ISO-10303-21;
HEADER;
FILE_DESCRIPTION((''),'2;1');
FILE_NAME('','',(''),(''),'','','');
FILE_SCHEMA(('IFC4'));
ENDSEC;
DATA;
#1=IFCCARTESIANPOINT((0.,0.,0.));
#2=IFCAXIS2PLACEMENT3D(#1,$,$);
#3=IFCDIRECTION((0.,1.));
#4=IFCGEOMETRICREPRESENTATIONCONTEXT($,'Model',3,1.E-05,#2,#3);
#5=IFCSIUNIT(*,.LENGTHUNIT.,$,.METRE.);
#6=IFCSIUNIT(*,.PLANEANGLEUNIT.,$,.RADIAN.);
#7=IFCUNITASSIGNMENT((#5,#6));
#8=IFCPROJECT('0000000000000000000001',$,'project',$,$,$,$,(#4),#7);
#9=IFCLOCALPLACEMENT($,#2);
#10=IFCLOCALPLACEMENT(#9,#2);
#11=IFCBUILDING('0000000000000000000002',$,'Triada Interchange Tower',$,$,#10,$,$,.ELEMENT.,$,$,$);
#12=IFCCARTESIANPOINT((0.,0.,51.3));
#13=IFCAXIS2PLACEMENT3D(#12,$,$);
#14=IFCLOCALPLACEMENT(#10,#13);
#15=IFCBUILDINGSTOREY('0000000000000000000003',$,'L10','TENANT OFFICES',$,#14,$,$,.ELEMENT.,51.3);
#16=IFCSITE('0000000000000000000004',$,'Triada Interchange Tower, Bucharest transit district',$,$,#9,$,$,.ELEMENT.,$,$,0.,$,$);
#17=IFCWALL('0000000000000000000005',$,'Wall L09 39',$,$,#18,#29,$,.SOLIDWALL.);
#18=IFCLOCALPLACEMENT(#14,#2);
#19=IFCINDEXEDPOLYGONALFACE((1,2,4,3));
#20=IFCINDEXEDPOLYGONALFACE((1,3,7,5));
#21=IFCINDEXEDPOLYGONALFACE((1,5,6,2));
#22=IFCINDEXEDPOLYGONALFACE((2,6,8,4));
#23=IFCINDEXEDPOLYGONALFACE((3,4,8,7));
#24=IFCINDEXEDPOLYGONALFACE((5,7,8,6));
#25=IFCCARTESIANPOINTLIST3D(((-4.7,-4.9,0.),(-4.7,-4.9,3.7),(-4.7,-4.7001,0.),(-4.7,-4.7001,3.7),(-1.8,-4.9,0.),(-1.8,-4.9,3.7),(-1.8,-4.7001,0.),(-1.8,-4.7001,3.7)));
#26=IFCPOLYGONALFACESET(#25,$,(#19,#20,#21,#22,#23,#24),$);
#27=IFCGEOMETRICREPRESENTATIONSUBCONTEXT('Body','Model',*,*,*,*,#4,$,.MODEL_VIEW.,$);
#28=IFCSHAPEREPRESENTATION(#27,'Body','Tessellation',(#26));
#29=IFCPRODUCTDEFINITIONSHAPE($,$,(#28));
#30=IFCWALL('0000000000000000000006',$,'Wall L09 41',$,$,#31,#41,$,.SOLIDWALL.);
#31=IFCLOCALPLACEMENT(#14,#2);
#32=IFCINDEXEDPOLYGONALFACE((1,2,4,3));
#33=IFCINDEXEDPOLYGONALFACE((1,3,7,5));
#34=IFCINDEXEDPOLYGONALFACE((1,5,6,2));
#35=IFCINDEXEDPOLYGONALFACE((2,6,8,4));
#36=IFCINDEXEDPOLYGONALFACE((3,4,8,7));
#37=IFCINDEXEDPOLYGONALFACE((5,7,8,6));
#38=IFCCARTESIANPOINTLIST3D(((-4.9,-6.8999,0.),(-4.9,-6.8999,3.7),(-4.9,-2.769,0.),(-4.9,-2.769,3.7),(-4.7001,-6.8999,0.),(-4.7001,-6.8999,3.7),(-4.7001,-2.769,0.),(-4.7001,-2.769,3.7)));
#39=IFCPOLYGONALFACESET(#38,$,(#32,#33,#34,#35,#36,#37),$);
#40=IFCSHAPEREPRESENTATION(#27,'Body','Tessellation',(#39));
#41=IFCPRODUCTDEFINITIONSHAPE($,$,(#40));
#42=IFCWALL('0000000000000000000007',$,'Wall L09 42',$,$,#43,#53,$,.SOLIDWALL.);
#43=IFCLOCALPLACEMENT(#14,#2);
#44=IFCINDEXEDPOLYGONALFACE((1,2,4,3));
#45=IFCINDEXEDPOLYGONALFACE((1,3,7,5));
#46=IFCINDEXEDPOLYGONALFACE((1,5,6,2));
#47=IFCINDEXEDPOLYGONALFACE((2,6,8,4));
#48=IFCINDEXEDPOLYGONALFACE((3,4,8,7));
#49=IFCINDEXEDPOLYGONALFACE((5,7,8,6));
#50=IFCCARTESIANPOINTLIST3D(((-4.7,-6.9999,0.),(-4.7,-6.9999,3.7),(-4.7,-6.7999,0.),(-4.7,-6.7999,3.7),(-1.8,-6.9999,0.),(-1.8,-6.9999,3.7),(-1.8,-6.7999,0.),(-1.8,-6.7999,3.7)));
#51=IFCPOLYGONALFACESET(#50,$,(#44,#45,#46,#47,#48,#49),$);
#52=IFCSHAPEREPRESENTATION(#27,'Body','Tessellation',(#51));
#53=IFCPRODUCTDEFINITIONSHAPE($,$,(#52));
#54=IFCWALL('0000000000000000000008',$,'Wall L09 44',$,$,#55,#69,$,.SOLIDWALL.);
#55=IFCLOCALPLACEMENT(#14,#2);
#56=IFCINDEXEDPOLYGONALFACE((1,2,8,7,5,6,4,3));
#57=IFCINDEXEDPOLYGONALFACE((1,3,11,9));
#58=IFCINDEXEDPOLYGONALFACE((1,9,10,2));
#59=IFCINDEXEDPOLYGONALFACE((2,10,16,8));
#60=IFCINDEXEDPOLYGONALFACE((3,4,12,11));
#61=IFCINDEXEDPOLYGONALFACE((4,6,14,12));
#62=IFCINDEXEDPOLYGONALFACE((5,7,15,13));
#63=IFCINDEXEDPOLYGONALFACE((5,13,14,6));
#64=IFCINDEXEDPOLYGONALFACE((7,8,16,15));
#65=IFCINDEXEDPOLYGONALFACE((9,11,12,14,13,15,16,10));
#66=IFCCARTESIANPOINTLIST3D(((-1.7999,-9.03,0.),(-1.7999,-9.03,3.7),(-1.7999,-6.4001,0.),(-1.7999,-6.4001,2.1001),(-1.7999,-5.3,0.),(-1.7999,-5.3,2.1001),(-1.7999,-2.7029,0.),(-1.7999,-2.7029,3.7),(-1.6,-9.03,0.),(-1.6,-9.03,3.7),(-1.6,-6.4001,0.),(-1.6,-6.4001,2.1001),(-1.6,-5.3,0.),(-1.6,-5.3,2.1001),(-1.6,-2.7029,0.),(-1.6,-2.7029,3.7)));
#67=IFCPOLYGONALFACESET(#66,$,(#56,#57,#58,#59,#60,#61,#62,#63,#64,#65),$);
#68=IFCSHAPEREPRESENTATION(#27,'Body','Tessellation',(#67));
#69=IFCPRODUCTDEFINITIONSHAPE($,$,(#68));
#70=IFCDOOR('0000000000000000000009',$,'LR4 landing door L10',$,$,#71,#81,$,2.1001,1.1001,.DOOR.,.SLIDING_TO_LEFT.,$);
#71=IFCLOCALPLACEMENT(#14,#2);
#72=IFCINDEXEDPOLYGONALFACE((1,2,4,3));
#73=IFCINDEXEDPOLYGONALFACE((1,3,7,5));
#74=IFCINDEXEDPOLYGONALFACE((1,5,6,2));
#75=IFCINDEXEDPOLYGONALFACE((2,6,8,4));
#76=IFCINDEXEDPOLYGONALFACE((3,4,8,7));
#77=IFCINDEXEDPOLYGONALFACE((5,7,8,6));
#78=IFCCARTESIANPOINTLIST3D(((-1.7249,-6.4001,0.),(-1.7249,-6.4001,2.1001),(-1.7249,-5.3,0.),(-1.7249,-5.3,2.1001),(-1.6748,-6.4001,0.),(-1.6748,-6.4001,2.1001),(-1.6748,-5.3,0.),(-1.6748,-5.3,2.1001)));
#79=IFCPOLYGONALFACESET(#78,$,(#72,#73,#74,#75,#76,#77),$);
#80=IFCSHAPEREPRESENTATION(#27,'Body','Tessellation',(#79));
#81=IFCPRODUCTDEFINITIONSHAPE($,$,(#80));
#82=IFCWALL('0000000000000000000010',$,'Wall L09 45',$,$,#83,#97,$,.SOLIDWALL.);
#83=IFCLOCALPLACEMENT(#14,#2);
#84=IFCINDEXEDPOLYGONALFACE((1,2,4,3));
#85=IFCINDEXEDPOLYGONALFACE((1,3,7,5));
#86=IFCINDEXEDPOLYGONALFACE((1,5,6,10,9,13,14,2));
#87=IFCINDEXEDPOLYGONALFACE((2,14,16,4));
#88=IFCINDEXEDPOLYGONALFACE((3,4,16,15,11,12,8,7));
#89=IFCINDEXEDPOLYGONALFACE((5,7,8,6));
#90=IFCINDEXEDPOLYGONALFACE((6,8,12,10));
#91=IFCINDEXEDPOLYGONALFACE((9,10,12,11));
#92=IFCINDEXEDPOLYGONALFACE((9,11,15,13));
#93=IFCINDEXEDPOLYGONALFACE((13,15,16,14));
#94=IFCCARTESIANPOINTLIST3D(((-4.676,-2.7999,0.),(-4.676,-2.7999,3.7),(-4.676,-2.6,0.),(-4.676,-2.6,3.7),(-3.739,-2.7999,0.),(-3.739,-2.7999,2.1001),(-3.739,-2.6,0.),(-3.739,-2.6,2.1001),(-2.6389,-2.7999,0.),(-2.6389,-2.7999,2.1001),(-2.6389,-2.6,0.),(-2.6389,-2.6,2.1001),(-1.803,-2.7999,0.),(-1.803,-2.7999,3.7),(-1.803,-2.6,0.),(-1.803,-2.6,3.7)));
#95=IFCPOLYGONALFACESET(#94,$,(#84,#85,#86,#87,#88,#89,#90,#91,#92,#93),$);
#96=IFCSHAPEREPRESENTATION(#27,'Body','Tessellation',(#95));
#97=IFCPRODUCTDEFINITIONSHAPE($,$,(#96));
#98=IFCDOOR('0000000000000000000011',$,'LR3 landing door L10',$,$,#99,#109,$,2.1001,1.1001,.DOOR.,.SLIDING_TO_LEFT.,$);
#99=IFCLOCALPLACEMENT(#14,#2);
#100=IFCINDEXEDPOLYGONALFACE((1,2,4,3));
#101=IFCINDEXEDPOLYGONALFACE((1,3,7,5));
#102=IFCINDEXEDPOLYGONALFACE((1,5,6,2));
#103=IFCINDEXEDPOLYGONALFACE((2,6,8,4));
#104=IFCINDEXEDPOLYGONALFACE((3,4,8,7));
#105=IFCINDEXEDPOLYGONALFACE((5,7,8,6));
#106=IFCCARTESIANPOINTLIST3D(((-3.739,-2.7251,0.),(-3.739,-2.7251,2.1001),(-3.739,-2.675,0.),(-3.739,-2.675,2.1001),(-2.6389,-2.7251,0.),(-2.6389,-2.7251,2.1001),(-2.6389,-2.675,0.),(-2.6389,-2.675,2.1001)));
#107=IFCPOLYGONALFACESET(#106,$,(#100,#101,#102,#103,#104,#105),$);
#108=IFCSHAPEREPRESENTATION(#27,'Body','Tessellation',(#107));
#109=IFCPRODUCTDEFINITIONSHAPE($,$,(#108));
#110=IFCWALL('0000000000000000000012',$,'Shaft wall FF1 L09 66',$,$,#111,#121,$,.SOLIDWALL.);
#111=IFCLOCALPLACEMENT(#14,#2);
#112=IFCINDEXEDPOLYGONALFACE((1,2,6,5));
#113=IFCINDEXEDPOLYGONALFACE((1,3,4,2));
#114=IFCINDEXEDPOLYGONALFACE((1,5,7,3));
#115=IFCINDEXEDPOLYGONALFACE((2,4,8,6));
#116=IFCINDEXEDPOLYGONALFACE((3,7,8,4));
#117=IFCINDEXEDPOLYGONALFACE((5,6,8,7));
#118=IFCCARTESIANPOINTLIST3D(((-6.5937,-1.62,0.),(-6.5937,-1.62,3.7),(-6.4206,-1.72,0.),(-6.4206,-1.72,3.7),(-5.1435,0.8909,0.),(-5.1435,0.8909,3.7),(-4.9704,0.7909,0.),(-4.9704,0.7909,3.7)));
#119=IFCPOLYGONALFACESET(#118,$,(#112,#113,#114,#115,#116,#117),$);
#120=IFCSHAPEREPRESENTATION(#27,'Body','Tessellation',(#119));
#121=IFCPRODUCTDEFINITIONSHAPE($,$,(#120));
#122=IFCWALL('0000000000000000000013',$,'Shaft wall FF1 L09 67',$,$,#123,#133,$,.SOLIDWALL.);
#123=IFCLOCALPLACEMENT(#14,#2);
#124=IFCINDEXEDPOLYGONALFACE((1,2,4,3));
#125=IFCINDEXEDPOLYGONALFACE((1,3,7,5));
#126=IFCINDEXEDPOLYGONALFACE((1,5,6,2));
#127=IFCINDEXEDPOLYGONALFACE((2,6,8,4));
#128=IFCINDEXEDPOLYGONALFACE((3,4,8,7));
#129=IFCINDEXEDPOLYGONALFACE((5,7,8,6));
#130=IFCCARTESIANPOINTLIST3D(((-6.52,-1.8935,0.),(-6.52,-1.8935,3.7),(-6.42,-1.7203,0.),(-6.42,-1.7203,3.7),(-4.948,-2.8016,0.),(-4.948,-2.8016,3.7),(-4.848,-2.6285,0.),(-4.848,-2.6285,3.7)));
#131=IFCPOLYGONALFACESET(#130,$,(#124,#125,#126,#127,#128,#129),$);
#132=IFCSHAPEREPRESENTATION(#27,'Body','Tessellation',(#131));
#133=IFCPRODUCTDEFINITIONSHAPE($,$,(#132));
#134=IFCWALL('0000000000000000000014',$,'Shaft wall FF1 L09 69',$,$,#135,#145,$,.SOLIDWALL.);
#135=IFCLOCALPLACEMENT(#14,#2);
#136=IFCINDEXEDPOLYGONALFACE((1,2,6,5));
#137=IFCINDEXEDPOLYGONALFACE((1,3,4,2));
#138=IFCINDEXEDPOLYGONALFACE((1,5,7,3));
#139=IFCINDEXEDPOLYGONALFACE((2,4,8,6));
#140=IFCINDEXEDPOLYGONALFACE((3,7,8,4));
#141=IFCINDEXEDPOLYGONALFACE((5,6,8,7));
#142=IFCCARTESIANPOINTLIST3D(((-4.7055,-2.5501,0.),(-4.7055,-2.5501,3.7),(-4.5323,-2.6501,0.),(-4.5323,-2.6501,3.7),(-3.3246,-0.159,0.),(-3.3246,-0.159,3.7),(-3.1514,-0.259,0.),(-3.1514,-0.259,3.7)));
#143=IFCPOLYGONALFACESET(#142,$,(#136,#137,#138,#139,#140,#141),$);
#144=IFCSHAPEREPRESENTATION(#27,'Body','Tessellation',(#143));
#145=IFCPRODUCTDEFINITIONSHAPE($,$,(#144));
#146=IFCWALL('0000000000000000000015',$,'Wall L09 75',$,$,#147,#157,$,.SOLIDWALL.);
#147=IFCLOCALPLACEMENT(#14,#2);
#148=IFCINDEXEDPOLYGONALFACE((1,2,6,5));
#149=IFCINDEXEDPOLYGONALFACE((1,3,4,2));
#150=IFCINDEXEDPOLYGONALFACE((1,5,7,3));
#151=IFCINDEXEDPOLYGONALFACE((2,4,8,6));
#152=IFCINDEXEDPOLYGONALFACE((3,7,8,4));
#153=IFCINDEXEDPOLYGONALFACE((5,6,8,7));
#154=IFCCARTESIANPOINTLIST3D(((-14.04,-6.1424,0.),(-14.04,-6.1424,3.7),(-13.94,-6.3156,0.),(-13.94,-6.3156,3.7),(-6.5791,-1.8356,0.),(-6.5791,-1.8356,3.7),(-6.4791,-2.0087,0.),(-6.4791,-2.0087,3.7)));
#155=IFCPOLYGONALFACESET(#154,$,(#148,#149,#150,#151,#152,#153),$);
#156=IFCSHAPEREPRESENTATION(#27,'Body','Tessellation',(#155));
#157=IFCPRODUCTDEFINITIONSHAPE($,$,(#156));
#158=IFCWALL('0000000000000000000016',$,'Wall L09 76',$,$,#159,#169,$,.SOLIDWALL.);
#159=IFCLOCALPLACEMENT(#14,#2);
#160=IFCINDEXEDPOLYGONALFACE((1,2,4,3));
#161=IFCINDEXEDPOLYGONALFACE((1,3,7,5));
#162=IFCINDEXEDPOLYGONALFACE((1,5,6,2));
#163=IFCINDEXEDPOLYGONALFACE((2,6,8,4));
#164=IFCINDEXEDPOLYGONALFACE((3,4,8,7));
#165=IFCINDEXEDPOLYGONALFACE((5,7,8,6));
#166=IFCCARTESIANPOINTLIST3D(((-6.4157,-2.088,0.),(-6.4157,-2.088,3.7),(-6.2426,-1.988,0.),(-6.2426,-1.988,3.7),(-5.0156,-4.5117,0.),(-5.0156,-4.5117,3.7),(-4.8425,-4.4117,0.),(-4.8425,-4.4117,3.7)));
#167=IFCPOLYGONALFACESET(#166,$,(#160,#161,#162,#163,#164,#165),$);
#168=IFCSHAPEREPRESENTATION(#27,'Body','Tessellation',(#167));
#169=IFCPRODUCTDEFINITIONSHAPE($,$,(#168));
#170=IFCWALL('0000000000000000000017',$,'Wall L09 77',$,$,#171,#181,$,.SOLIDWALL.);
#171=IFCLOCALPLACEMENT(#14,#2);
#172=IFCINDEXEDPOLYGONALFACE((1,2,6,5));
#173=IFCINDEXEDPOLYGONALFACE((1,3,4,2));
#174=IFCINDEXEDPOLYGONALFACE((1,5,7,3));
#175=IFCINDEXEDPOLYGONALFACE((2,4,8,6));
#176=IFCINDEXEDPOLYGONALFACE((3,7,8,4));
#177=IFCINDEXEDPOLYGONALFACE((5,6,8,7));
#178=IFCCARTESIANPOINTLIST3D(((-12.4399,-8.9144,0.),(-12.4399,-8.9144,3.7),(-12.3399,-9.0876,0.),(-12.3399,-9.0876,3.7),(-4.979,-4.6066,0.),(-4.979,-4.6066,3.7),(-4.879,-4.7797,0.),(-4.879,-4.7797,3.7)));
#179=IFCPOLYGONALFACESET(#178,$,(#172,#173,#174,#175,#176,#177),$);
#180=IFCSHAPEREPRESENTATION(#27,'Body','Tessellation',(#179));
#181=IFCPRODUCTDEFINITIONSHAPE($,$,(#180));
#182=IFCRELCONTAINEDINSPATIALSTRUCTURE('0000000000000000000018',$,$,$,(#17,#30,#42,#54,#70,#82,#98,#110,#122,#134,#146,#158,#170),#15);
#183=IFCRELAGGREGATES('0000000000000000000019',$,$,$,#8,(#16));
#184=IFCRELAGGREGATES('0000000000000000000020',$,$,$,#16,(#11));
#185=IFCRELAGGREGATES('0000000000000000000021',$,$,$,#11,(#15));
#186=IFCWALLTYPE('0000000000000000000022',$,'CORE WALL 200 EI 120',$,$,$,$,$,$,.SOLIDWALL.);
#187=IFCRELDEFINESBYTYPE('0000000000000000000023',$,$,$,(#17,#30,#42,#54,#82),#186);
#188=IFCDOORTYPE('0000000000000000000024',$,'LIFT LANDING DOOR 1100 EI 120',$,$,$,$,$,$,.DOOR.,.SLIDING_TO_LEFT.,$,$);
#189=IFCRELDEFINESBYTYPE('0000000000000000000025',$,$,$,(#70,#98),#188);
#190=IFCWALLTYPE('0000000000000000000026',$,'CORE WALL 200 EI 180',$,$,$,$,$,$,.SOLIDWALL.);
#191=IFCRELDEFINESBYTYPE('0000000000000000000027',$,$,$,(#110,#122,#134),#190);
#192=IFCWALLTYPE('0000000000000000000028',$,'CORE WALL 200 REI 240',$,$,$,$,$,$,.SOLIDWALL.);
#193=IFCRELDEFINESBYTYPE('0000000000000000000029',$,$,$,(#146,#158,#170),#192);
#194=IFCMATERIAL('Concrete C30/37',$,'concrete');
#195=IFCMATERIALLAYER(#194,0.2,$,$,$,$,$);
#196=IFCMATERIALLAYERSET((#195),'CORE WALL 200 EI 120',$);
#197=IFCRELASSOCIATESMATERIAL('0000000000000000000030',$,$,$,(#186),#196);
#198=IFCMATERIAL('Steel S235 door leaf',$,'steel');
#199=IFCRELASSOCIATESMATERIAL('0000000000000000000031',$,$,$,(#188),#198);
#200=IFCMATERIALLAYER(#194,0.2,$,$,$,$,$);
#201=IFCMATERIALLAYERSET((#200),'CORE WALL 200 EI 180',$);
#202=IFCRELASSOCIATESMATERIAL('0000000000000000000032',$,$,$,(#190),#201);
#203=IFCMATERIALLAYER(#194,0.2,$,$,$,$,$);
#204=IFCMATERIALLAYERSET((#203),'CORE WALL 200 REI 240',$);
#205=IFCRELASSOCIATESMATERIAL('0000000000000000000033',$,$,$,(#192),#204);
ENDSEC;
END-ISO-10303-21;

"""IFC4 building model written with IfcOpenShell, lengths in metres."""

from ifc_helpers import new_model, si_unit, direction, frame, frame_2d, origin, place, context, subcontext, project, spatial, rectangle, extrude, material, layer, layer_set, type_object, element, fill, save


model = new_model("IFC4")

# Units and contexts
model_context = context("Model", 3, precision=1e-05, world=origin(), true_north=direction((0.0, 1.0)))
body_context = subcontext(model_context, "Body", "Model", "MODEL_VIEW")
ifc_project = project(units=[si_unit("LENGTHUNIT", "METRE"), si_unit("PLANEANGLEUNIT", "RADIAN")], contexts=[model_context])

# Site, building, storey
site_placement = place(None, origin())
site = spatial("IfcSite", under=ifc_project, at=site_placement, Name="Triada Interchange Tower, Bucharest transit district", CompositionType="ELEMENT", RefElevation=0.0)
building_placement = place(site_placement, origin())
building = spatial("IfcBuilding", under=site, at=building_placement, Name="Triada Interchange Tower", CompositionType="ELEMENT")
storey_placement = place(building_placement, frame((0.0, 0.0, 51.3)))
storey = spatial("IfcBuildingStorey", under=building, at=storey_placement, Name="L10", Description="TENANT OFFICES", CompositionType="ELEMENT", Elevation=51.3)

# Walls
ifc_material_1 = material(Name="Concrete C30/37", Category="concrete")
ifc_layer_1 = layer(ifc_material_1, 0.2)
ifc_layer_set_1 = layer_set([ifc_layer_1], Name="CORE WALL 200 EI 120")
wall_type_1 = type_object("IfcWallType", Name="CORE WALL 200 EI 120", PredefinedType="SOLIDWALL", material=ifc_layer_set_1)
wall_1_placement = place(storey_placement, frame((-4.7, -4.8, 0.0), z_axis=(0.0, 0.0, 1.0), x_axis=(1.0, 0.0, 0.0)))
element("IfcWall", 1, at=wall_1_placement, inside=storey, type_object=wall_type_1, Name="Wall L09 39", PredefinedType="SOLIDWALL", context=body_context, shape_type="SweptSolid", body=[
    extrude(rectangle(XDim=2.8999, YDim=0.2, at=frame_2d((1.45, 0.0))), origin(), (0.0, 0.0, 1.0), 3.7),
])
wall_2_placement = place(storey_placement, frame((-4.8, -6.8999, 0.0), z_axis=(0.0, 0.0, 1.0), x_axis=(0.0, 1.0, 0.0)))
element("IfcWall", 2, at=wall_2_placement, inside=storey, type_object=wall_type_1, Name="Wall L09 41", PredefinedType="SOLIDWALL", context=body_context, shape_type="SweptSolid", body=[
    extrude(rectangle(XDim=4.1309, YDim=0.2, at=frame_2d((2.0654, 0.0))), origin(), (0.0, 0.0, 1.0), 3.7),
])
wall_3_placement = place(storey_placement, frame((-4.7, -6.8999, 0.0), z_axis=(0.0, 0.0, 1.0), x_axis=(1.0, 0.0, 0.0)))
element("IfcWall", 3, at=wall_3_placement, inside=storey, type_object=wall_type_1, Name="Wall L09 42", PredefinedType="SOLIDWALL", context=body_context, shape_type="SweptSolid", body=[
    extrude(rectangle(XDim=2.8999, YDim=0.2, at=frame_2d((1.45, 0.0))), origin(), (0.0, 0.0, 1.0), 3.7),
])

# Walls, openings, doors
wall_4_placement = place(storey_placement, frame((-1.7, -9.03, 0.0), z_axis=(0.0, 0.0, 1.0), x_axis=(0.0, 1.0, 0.0)))
wall_4 = element("IfcWall", 4, at=wall_4_placement, inside=storey, type_object=wall_type_1, Name="Wall L09 44", PredefinedType="SOLIDWALL", context=body_context, shape_type="SweptSolid", body=[
    extrude(rectangle(XDim=6.3271, YDim=0.2, at=frame_2d((3.1636, 0.0))), origin(), (0.0, 0.0, 1.0), 3.7),
])
opening_1_placement = place(wall_4_placement, frame((2.6299, 0.0, 0.0)))
opening_1 = element("IfcOpeningElement", 5, at=opening_1_placement, cuts=wall_4, PredefinedType="OPENING", context=body_context, shape_type="SweptSolid", body=[
    extrude(rectangle(XDim=1.1001, YDim=2.1001, at=frame_2d((0.55, 1.05))), frame((0.0, 0.1099, 0.0), z_axis=(0.0, -1.0, 0.0), x_axis=(1.0, 0.0, 0.0)), (0.0, 0.0, 1.0), 0.22),
])
ifc_material_2 = material(Name="Steel S235 door leaf", Category="steel")
door_type_1 = type_object("IfcDoorType", Name="LIFT LANDING DOOR 1100 EI 120", OperationType="SLIDING_TO_LEFT", PredefinedType="DOOR", material=ifc_material_2)
door_1_placement = place(opening_1_placement, origin())
door_1 = element("IfcDoor", 6, at=door_1_placement, inside=storey, type_object=door_type_1, Name="LR4 landing door L10", OperationType="SLIDING_TO_LEFT", OverallHeight=2.1001, OverallWidth=1.1001, PredefinedType="DOOR", context=body_context, shape_type="SweptSolid", body=[
    extrude(rectangle(XDim=1.1001, YDim=2.1001, at=frame_2d((0.55, 1.05))), frame((0.0, 0.0249, 0.0), z_axis=(0.0, -1.0, 0.0), x_axis=(1.0, 0.0, 0.0)), (0.0, 0.0, 1.0), 0.05),
])
fill(opening_1, door_1)
wall_5_placement = place(storey_placement, frame((-4.676, -2.7, 0.0), z_axis=(0.0, 0.0, 1.0), x_axis=(1.0, 0.0, 0.0)))
wall_5 = element("IfcWall", 7, at=wall_5_placement, inside=storey, type_object=wall_type_1, Name="Wall L09 45", PredefinedType="SOLIDWALL", context=body_context, shape_type="SweptSolid", body=[
    extrude(rectangle(XDim=2.873, YDim=0.2, at=frame_2d((1.4365, 0.0))), origin(), (0.0, 0.0, 1.0), 3.7),
])
opening_2_placement = place(wall_5_placement, frame((0.937, 0.0, 0.0)))
opening_2 = element("IfcOpeningElement", 8, at=opening_2_placement, cuts=wall_5, PredefinedType="OPENING", context=body_context, shape_type="SweptSolid", body=[
    extrude(rectangle(XDim=1.1001, YDim=2.1001, at=frame_2d((0.55, 1.05))), frame((0.0, 0.1099, 0.0), z_axis=(0.0, -1.0, 0.0), x_axis=(1.0, 0.0, 0.0)), (0.0, 0.0, 1.0), 0.22),
])
door_2_placement = place(opening_2_placement, origin())
door_2 = element("IfcDoor", 9, at=door_2_placement, inside=storey, type_object=door_type_1, Name="LR3 landing door L10", OperationType="SLIDING_TO_LEFT", OverallHeight=2.1001, OverallWidth=1.1001, PredefinedType="DOOR", context=body_context, shape_type="SweptSolid", body=[
    extrude(rectangle(XDim=1.1001, YDim=2.1001, at=frame_2d((0.55, 1.05))), frame((0.0, 0.0249, 0.0), z_axis=(0.0, -1.0, 0.0), x_axis=(1.0, 0.0, 0.0)), (0.0, 0.0, 1.0), 0.05),
])
fill(opening_2, door_2)

# Walls
ifc_layer_2 = layer(ifc_material_1, 0.2)
ifc_layer_set_2 = layer_set([ifc_layer_2], Name="CORE WALL 200 EI 180")
wall_type_2 = type_object("IfcWallType", Name="CORE WALL 200 EI 180", PredefinedType="SOLIDWALL", material=ifc_layer_set_2)
wall_6_placement = place(storey_placement, frame((-6.5071, -1.6699, 0.0), z_axis=(0.0, 0.0, 1.0), x_axis=(0.500123, 0.865954, 0.0)))
element("IfcWall", 10, at=wall_6_placement, inside=storey, type_object=wall_type_2, Name="Shaft wall FF1 L09 66", PredefinedType="SOLIDWALL", context=body_context, shape_type="SweptSolid", body=[
    extrude(rectangle(XDim=2.8997, YDim=0.2, at=frame_2d((1.4497, 0.0))), origin(), (0.0, 0.0, 1.0), 3.7),
])
wall_7_placement = place(storey_placement, frame((-6.47, -1.8069, 0.0), z_axis=(0.0, 0.0, 1.0), x_axis=(0.865883, -0.500246, 0.0)))
element("IfcWall", 11, at=wall_7_placement, inside=storey, type_object=wall_type_2, Name="Shaft wall FF1 L09 67", PredefinedType="SOLIDWALL", context=body_context, shape_type="SweptSolid", body=[
    extrude(rectangle(XDim=1.8154, YDim=0.2, at=frame_2d((0.9077, 0.0))), origin(), (0.0, 0.0, 1.0), 3.7),
])
wall_8_placement = place(storey_placement, frame((-4.6189, -2.6001, 0.0), z_axis=(0.0, 0.0, 1.0), x_axis=(0.500095, 0.865971, 0.0)))
element("IfcWall", 12, at=wall_8_placement, inside=storey, type_object=wall_type_2, Name="Shaft wall FF1 L09 69", PredefinedType="SOLIDWALL", context=body_context, shape_type="SweptSolid", body=[
    extrude(rectangle(XDim=2.7612, YDim=0.2, at=frame_2d((1.3806, 0.0))), origin(), (0.0, 0.0, 1.0), 3.7),
])
ifc_layer_3 = layer(ifc_material_1, 0.2)
ifc_layer_set_3 = layer_set([ifc_layer_3], Name="CORE WALL 200 REI 240")
wall_type_3 = type_object("IfcWallType", Name="CORE WALL 200 REI 240", PredefinedType="SOLIDWALL", material=ifc_layer_set_3)
wall_9_placement = place(storey_placement, frame((-13.99, -6.229, 0.0), z_axis=(0.0, 0.0, 1.0), x_axis=(0.86606, 0.49994, 0.0)))
element("IfcWall", 13, at=wall_9_placement, inside=storey, type_object=wall_type_3, Name="Wall L09 75", PredefinedType="SOLIDWALL", context=body_context, shape_type="SweptSolid", body=[
    extrude(rectangle(XDim=8.6147, YDim=0.2, at=frame_2d((4.3074, 0.0))), origin(), (0.0, 0.0, 1.0), 3.7),
])
wall_10_placement = place(storey_placement, frame((-6.3291, -2.0381, 0.0), z_axis=(0.0, 0.0, 1.0), x_axis=(0.500201, -0.86591, 0.0)))
element("IfcWall", 14, at=wall_10_placement, inside=storey, type_object=wall_type_3, Name="Wall L09 76", PredefinedType="SOLIDWALL", context=body_context, shape_type="SweptSolid", body=[
    extrude(rectangle(XDim=2.7991, YDim=0.2, at=frame_2d((1.3994, 0.0))), origin(), (0.0, 0.0, 1.0), 3.7),
])
wall_11_placement = place(storey_placement, frame((-12.3899, -9.001, 0.0), z_axis=(0.0, 0.0, 1.0), x_axis=(0.866011, 0.500025, 0.0)))
element("IfcWall", 15, at=wall_11_placement, inside=storey, type_object=wall_type_3, Name="Wall L09 77", PredefinedType="SOLIDWALL", context=body_context, shape_type="SweptSolid", body=[
    extrude(rectangle(XDim=8.6152, YDim=0.2, at=frame_2d((4.3076, 0.0))), origin(), (0.0, 0.0, 1.0), 3.7),
])

save(model, "model.ifc")
